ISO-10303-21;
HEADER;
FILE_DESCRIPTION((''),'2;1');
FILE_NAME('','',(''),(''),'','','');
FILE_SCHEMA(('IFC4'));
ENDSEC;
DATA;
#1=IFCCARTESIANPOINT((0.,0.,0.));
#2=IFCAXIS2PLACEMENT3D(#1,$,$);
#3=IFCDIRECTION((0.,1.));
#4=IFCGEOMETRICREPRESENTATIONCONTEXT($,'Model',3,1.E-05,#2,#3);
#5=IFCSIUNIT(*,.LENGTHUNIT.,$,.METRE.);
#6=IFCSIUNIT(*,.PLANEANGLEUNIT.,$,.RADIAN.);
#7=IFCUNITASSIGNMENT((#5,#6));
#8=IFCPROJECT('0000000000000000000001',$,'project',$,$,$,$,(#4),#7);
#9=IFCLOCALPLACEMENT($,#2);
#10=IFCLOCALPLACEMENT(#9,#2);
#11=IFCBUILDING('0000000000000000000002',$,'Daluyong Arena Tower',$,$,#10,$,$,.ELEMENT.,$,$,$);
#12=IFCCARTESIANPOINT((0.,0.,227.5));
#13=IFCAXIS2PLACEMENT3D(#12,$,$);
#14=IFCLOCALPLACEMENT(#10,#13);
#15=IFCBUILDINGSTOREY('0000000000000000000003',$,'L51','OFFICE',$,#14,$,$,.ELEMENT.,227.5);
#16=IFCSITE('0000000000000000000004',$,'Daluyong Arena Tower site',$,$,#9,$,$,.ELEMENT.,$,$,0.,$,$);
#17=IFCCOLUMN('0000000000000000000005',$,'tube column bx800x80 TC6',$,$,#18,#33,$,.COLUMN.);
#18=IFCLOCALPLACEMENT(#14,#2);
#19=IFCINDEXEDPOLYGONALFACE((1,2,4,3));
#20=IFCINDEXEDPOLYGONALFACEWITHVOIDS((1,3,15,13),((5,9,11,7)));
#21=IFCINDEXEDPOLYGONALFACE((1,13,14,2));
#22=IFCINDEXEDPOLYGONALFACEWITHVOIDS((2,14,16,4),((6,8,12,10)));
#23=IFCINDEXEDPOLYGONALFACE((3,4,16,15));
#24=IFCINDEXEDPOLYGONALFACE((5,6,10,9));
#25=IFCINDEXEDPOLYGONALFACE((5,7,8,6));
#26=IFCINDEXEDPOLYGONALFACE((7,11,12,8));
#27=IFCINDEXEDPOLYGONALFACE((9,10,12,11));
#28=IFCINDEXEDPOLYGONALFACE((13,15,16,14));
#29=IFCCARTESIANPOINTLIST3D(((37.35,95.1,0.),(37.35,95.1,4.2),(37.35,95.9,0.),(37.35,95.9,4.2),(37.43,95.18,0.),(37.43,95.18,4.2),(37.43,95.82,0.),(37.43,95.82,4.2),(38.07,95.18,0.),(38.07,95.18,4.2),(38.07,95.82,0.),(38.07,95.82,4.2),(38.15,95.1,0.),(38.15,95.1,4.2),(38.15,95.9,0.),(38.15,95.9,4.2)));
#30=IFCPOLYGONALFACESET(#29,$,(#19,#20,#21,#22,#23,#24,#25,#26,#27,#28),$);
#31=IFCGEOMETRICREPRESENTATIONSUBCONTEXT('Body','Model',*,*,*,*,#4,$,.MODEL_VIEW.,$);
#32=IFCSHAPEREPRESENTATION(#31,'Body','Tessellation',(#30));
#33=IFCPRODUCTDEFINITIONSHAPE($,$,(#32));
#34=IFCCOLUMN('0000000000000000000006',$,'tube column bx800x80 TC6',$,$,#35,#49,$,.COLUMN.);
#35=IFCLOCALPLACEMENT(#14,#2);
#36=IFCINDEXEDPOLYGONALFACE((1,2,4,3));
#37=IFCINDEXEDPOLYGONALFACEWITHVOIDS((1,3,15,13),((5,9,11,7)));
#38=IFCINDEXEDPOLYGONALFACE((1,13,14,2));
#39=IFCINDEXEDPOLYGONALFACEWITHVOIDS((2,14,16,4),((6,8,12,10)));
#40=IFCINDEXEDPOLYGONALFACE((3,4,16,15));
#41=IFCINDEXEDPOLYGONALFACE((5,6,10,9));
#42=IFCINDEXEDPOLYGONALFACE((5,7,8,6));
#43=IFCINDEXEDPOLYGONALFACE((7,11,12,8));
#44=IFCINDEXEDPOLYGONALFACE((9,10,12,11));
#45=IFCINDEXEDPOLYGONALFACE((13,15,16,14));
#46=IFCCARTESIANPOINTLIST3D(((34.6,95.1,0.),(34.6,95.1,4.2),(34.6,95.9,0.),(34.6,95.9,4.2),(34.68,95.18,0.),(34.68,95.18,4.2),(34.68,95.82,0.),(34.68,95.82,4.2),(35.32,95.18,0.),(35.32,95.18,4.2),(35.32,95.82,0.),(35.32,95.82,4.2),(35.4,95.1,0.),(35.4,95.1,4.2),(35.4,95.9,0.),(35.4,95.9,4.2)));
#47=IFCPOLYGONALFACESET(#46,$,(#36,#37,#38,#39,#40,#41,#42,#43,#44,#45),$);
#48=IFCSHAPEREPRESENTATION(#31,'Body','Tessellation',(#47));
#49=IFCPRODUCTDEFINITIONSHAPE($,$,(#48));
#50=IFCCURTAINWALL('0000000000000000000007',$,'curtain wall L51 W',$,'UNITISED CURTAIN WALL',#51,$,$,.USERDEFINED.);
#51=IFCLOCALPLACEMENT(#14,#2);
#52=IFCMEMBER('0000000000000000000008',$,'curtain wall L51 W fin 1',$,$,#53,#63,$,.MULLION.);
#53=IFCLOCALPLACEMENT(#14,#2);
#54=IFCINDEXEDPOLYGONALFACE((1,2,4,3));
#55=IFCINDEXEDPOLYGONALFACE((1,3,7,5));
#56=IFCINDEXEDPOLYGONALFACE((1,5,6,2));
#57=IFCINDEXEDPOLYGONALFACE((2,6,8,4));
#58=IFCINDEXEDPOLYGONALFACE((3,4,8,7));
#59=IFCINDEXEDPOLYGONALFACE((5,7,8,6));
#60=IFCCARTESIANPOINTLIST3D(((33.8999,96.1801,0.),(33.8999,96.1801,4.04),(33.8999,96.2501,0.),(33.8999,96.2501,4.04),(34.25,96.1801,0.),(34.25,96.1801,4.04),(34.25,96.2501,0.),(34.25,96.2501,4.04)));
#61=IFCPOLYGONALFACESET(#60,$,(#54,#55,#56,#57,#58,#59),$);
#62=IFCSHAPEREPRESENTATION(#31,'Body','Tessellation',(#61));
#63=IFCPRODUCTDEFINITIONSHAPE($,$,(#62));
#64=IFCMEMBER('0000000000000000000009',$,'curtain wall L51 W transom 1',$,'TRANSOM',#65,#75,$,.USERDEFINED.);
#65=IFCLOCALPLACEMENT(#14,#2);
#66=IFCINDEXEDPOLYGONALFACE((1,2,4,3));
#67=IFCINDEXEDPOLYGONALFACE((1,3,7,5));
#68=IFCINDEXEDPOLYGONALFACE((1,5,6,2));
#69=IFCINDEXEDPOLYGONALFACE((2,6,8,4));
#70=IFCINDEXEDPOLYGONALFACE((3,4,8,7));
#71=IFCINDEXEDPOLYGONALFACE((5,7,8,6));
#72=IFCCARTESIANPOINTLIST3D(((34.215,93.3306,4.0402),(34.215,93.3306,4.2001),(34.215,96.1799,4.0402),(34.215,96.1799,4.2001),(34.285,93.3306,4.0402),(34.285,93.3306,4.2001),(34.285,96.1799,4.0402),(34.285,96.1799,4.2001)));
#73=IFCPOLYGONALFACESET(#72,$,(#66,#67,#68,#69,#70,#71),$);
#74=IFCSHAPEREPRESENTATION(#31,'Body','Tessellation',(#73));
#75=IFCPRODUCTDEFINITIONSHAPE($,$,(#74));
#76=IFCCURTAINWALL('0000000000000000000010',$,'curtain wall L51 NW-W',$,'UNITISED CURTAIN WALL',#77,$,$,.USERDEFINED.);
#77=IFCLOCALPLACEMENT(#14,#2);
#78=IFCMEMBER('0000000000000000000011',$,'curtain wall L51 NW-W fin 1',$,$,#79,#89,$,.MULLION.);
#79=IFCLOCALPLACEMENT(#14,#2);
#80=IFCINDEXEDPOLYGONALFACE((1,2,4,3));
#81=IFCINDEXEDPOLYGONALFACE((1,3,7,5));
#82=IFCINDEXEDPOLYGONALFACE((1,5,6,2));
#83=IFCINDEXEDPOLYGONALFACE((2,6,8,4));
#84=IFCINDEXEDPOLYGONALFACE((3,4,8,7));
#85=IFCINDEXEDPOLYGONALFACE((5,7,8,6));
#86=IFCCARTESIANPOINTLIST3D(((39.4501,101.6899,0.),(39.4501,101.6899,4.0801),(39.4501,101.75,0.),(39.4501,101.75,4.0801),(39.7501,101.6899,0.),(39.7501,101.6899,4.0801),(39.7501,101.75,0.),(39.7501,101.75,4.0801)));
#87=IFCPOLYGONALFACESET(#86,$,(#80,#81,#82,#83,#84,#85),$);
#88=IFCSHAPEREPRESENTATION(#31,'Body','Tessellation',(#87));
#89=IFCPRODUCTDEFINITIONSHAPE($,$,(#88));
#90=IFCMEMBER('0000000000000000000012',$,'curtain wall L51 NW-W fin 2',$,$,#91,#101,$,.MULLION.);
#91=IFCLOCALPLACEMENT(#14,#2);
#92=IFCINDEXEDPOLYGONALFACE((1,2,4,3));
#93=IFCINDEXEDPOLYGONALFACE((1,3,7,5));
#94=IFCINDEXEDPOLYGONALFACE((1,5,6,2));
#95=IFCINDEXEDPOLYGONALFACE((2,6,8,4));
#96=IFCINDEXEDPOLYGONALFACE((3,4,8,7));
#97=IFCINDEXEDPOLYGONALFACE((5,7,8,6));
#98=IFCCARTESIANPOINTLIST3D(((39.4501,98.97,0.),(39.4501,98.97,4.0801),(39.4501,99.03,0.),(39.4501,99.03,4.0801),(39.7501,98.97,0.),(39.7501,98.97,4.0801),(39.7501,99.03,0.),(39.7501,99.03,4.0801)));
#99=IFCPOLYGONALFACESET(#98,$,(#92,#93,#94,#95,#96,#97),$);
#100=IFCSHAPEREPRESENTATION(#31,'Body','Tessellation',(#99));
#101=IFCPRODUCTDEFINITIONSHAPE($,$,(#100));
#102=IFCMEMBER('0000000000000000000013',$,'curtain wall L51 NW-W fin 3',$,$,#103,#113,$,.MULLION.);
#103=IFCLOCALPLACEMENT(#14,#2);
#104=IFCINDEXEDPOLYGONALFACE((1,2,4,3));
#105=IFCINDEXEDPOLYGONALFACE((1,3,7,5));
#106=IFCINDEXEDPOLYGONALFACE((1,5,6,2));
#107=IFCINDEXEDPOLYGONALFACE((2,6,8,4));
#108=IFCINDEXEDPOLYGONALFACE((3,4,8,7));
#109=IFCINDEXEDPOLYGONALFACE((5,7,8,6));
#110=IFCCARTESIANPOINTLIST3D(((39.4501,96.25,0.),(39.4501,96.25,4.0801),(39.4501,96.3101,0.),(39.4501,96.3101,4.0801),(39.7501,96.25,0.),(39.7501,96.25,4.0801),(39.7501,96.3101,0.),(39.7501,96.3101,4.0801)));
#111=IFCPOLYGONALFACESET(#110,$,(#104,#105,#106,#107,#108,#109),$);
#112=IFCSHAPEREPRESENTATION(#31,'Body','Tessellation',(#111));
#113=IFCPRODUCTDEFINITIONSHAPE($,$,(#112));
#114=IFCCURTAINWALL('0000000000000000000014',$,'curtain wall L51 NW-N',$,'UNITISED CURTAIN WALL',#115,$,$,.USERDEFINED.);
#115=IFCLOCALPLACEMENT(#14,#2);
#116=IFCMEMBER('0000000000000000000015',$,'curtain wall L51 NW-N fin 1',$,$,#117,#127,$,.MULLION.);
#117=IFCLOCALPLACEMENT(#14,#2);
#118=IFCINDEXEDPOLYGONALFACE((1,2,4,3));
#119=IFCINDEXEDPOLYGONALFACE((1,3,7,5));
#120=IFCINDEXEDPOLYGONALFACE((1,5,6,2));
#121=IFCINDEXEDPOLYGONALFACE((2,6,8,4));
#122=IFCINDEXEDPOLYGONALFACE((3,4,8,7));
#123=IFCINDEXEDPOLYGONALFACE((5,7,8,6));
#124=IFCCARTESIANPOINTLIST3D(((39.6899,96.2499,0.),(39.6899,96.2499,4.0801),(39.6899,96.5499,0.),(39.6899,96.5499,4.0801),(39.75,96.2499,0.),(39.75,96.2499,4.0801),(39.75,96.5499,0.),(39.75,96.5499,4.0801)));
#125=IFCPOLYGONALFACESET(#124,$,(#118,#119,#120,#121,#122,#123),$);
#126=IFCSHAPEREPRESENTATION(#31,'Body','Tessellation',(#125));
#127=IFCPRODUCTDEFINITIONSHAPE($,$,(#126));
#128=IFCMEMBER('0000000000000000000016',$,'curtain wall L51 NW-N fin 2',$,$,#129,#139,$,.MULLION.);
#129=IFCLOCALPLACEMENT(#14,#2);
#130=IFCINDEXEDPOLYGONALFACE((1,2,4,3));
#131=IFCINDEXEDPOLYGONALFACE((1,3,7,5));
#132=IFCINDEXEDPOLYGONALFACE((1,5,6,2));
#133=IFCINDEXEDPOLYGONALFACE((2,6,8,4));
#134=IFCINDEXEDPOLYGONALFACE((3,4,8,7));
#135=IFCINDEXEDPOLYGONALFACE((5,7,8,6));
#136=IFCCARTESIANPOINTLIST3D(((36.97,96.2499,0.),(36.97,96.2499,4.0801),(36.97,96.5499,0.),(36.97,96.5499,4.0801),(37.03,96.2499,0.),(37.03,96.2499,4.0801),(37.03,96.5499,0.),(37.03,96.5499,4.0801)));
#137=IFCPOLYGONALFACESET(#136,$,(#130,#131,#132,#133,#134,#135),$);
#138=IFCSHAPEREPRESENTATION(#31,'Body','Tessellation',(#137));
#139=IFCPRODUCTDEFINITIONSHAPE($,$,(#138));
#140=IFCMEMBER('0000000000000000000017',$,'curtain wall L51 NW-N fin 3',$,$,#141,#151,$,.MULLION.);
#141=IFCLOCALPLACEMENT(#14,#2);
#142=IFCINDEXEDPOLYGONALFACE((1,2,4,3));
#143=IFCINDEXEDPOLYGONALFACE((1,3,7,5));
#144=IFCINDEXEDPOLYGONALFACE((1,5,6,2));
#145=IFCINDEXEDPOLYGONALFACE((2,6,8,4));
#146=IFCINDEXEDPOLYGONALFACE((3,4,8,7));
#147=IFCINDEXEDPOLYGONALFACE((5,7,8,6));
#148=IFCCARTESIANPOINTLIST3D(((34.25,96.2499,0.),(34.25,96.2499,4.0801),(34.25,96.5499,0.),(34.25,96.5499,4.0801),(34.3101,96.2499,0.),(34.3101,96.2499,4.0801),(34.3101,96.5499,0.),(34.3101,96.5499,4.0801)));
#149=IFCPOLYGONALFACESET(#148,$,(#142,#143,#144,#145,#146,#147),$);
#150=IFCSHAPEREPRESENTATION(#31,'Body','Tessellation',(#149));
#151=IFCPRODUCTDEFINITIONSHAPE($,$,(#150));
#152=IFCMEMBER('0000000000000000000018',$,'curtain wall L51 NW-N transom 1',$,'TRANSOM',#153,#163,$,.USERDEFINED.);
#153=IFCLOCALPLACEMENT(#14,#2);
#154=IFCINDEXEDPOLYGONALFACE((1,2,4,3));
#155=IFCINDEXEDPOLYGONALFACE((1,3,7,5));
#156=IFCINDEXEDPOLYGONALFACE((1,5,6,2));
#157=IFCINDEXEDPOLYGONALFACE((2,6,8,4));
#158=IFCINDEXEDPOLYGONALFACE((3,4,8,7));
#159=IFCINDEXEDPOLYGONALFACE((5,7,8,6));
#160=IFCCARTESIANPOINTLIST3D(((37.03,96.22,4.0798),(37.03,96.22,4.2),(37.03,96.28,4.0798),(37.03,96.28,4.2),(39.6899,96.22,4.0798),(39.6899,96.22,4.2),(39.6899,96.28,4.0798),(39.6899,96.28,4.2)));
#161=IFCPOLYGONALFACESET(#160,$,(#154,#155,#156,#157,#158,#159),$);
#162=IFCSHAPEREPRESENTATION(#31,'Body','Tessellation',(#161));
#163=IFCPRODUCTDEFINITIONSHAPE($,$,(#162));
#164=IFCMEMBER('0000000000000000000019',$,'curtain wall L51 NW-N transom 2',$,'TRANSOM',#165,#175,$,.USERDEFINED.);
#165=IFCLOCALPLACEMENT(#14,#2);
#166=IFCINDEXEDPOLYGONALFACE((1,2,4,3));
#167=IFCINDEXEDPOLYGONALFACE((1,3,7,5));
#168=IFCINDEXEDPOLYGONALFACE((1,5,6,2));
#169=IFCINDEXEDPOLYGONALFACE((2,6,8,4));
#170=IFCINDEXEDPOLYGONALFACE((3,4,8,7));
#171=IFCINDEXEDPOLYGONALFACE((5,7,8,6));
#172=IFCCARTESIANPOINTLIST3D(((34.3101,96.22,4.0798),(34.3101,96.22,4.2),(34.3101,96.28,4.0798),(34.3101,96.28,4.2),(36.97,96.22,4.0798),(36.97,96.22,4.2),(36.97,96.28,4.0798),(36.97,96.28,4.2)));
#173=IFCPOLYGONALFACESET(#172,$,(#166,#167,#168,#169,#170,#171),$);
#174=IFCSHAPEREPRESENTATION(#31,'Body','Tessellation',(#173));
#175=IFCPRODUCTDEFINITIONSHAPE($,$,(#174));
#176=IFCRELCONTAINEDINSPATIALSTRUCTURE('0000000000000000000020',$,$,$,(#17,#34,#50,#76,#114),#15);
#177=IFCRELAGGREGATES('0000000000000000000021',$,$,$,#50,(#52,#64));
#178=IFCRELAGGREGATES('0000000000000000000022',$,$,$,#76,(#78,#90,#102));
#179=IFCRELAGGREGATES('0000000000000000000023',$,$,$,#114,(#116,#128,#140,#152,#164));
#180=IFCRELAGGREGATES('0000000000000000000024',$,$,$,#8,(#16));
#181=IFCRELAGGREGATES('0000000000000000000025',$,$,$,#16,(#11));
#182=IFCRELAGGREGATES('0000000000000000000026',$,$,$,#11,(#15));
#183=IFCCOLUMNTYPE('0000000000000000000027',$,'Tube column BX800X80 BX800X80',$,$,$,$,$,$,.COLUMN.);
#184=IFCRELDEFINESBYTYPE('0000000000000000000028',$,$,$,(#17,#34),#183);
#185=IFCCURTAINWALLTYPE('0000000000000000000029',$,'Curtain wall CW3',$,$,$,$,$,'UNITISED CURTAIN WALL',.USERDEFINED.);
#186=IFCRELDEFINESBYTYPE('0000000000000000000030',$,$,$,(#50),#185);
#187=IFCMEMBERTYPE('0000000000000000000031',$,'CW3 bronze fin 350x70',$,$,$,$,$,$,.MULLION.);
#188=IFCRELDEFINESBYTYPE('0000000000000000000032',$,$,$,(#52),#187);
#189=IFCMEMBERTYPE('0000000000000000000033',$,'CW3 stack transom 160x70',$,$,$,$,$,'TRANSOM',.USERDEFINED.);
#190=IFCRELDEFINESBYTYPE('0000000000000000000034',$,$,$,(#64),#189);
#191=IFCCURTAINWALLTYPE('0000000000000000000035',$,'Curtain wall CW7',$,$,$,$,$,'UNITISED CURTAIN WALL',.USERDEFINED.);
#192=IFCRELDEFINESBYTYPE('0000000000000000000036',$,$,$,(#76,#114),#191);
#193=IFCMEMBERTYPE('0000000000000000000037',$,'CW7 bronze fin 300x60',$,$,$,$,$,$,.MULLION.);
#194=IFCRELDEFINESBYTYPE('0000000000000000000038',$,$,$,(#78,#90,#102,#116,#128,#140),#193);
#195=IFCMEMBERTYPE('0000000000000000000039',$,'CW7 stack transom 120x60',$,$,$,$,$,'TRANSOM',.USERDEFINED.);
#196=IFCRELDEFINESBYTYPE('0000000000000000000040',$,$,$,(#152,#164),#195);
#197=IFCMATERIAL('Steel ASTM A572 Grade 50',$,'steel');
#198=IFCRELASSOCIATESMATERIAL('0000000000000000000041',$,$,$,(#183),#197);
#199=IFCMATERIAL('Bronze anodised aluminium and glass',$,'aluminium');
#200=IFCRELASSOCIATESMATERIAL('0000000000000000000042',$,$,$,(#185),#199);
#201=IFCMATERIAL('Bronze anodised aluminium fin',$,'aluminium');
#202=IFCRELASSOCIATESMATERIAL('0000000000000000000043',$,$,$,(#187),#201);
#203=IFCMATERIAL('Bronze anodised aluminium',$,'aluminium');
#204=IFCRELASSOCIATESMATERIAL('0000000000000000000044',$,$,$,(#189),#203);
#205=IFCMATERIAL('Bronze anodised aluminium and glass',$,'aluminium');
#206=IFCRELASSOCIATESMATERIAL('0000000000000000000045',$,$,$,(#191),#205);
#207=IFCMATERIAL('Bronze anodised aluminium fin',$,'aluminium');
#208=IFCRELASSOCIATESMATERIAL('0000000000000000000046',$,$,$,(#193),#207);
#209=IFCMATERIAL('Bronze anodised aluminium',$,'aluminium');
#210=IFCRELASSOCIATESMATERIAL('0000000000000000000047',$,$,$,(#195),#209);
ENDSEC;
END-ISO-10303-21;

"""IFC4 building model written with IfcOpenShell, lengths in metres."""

from ifc_helpers import new_model, si_unit, direction, frame, origin, origin_2d, place, context, subcontext, project, spatial, rectangle, hollow_rectangle, extrude, material, material_profile, profile_set, type_object, element, aggregate, save


model = new_model("IFC4")

# Units and contexts
model_context = context("Model", 3, precision=1e-05, world=origin(), true_north=direction((0.0, 1.0)))
body_context = subcontext(model_context, "Body", "Model", "MODEL_VIEW")
ifc_project = project(units=[si_unit("LENGTHUNIT", "METRE"), si_unit("PLANEANGLEUNIT", "RADIAN")], contexts=[model_context])

# Site, building, storey
site_placement = place(None, origin())
site = spatial("IfcSite", under=ifc_project, at=site_placement, Name="Daluyong Arena Tower site", CompositionType="ELEMENT", RefElevation=0.0)
building_placement = place(site_placement, origin())
building = spatial("IfcBuilding", under=site, at=building_placement, Name="Daluyong Arena Tower", CompositionType="ELEMENT")
storey_placement = place(building_placement, frame((0.0, 0.0, 227.5)))
storey = spatial("IfcBuildingStorey", under=building, at=storey_placement, Name="L51", Description="OFFICE", CompositionType="ELEMENT", Elevation=227.5)

# Columns
ifc_material_1 = material(Name="Steel ASTM A572 Grade 50", Category="steel")
ifc_material_profile_1 = material_profile(ifc_material_1, hollow_rectangle(XDim=0.8, YDim=0.8, WallThickness=0.08, at=origin_2d()))
ifc_profile_set_1 = profile_set([ifc_material_profile_1], Name="Steel ASTM A572 Grade 50")
column_type = type_object("IfcColumnType", Name="Tube column BX800X80 BX800X80", PredefinedType="COLUMN", material=ifc_profile_set_1)
for number, where, z_axis, x_axis, name in (
    (1, (37.75, 95.5, 0.0), (0.0, 0.0, 1.0), (1.0, 0.0, 0.0), "tube column bx800x80 TC6"),
    (2, (35.0, 95.5, 0.0), (0.0, 0.0, 1.0), (0.0, 1.0, 0.0), "tube column bx800x80 TC6"),
):
    element("IfcColumn", number, at=place(storey_placement, frame(where, z_axis=z_axis, x_axis=x_axis)), inside=storey, type_object=column_type, Name=name, PredefinedType="COLUMN", context=body_context, shape_type="SweptSolid", body=[
        extrude(hollow_rectangle(XDim=0.8, YDim=0.8, WallThickness=0.08, at=origin_2d()), origin(), (0.0, 0.0, 1.0), 4.2),
    ])

# Curtain walls, members
ifc_material_2 = material(Name="Bronze anodised aluminium and glass", Category="aluminium")
curtain_wall_type_1 = type_object("IfcCurtainWallType", Name="Curtain wall CW3", ElementType="UNITISED CURTAIN WALL", PredefinedType="USERDEFINED", material=ifc_material_2)
curtain_wall_1_placement = place(storey_placement, origin())
curtain_wall_1 = element("IfcCurtainWall", 3, at=curtain_wall_1_placement, inside=storey, type_object=curtain_wall_type_1, Name="curtain wall L51 W", ObjectType="UNITISED CURTAIN WALL", PredefinedType="USERDEFINED")
ifc_material_3 = material(Name="Bronze anodised aluminium fin", Category="aluminium")
ifc_material_profile_2 = material_profile(ifc_material_3, rectangle(XDim=0.3501, YDim=0.0701, at=origin_2d()))
ifc_profile_set_2 = profile_set([ifc_material_profile_2], Name="Bronze anodised aluminium fin")
member_type_1 = type_object("IfcMemberType", Name="CW3 bronze fin 350x70", PredefinedType="MULLION", material=ifc_profile_set_2)
member_1_placement = place(storey_placement, frame((34.075, 96.2151, 0.0), z_axis=(0.0, 0.0, 1.0), x_axis=(1.0, 0.0, 0.0)))
member_1 = element("IfcMember", 4, at=member_1_placement, type_object=member_type_1, Name="curtain wall L51 W fin 1", PredefinedType="MULLION", context=body_context, shape_type="SweptSolid", body=[
    extrude(rectangle(XDim=0.3501, YDim=0.0701, at=origin_2d()), origin(), (0.0, 0.0, 1.0), 4.04),
])
ifc_material_4 = material(Name="Bronze anodised aluminium", Category="aluminium")
ifc_material_profile_3 = material_profile(ifc_material_4, rectangle(XDim=0.0701, YDim=0.1599, at=origin_2d()))
ifc_profile_set_3 = profile_set([ifc_material_profile_3], Name="Bronze anodised aluminium")
member_type_2 = type_object("IfcMemberType", Name="CW3 stack transom 160x70", ElementType="TRANSOM", PredefinedType="USERDEFINED", material=ifc_profile_set_3)
member_2_placement = place(storey_placement, frame((34.25, 96.1799, 4.1201), z_axis=(0.0, -1.0, 0.0), x_axis=(1.0, 0.0, 0.0)))
member_2 = element("IfcMember", 5, at=member_2_placement, type_object=member_type_2, Name="curtain wall L51 W transom 1", ObjectType="TRANSOM", PredefinedType="USERDEFINED", context=body_context, shape_type="SweptSolid", body=[
    extrude(rectangle(XDim=0.0701, YDim=0.1599, at=origin_2d()), origin(), (0.0, 0.0, 1.0), 2.8494),
])
aggregate(curtain_wall_1, [member_1, member_2])
ifc_material_5 = material(Name="Bronze anodised aluminium and glass", Category="aluminium")
curtain_wall_type_2 = type_object("IfcCurtainWallType", Name="Curtain wall CW7", ElementType="UNITISED CURTAIN WALL", PredefinedType="USERDEFINED", material=ifc_material_5)
curtain_wall_2_placement = place(storey_placement, origin())
curtain_wall_2 = element("IfcCurtainWall", 6, at=curtain_wall_2_placement, inside=storey, type_object=curtain_wall_type_2, Name="curtain wall L51 NW-W", ObjectType="UNITISED CURTAIN WALL", PredefinedType="USERDEFINED")
ifc_material_6 = material(Name="Bronze anodised aluminium fin", Category="aluminium")
ifc_material_profile_4 = material_profile(ifc_material_6, rectangle(XDim=0.3, YDim=0.0601, at=origin_2d()))
ifc_profile_set_4 = profile_set([ifc_material_profile_4], Name="Bronze anodised aluminium fin")
member_type_3 = type_object("IfcMemberType", Name="CW7 bronze fin 300x60", PredefinedType="MULLION", material=ifc_profile_set_4)
member_3_placement = place(storey_placement, frame((39.6001, 101.72, 0.0), z_axis=(0.0, 0.0, 1.0), x_axis=(1.0, 0.0, 0.0)))
member_3 = element("IfcMember", 7, at=member_3_placement, type_object=member_type_3, Name="curtain wall L51 NW-W fin 1", PredefinedType="MULLION", context=body_context, shape_type="SweptSolid", body=[
    extrude(rectangle(XDim=0.3, YDim=0.0601, at=origin_2d()), origin(), (0.0, 0.0, 1.0), 4.0801),
])
member_4_placement = place(storey_placement, frame((39.6001, 99.0, 0.0), z_axis=(0.0, 0.0, 1.0), x_axis=(1.0, 0.0, 0.0)))
member_4 = element("IfcMember", 8, at=member_4_placement, type_object=member_type_3, Name="curtain wall L51 NW-W fin 2", PredefinedType="MULLION", context=body_context, shape_type="SweptSolid", body=[
    extrude(rectangle(XDim=0.3, YDim=0.0601, at=origin_2d()), origin(), (0.0, 0.0, 1.0), 4.0801),
])
member_5_placement = place(storey_placement, frame((39.6001, 96.28, 0.0), z_axis=(0.0, 0.0, 1.0), x_axis=(1.0, 0.0, 0.0)))
member_5 = element("IfcMember", 9, at=member_5_placement, type_object=member_type_3, Name="curtain wall L51 NW-W fin 3", PredefinedType="MULLION", context=body_context, shape_type="SweptSolid", body=[
    extrude(rectangle(XDim=0.3, YDim=0.0601, at=origin_2d()), origin(), (0.0, 0.0, 1.0), 4.0801),
])
aggregate(curtain_wall_2, [member_3, member_4, member_5])
curtain_wall_3_placement = place(storey_placement, origin())
curtain_wall_3 = element("IfcCurtainWall", 10, at=curtain_wall_3_placement, inside=storey, type_object=curtain_wall_type_2, Name="curtain wall L51 NW-N", ObjectType="UNITISED CURTAIN WALL", PredefinedType="USERDEFINED")
member_6_placement = place(storey_placement, frame((39.72, 96.3999, 0.0), z_axis=(0.0, 0.0, 1.0), x_axis=(0.0, -1.0, 0.0)))
member_6 = element("IfcMember", 11, at=member_6_placement, type_object=member_type_3, Name="curtain wall L51 NW-N fin 1", PredefinedType="MULLION", context=body_context, shape_type="SweptSolid", body=[
    extrude(rectangle(XDim=0.3, YDim=0.0601, at=origin_2d()), origin(), (0.0, 0.0, 1.0), 4.0801),
])
member_7_placement = place(storey_placement, frame((37.0, 96.3999, 0.0), z_axis=(0.0, 0.0, 1.0), x_axis=(0.0, -1.0, 0.0)))
member_7 = element("IfcMember", 12, at=member_7_placement, type_object=member_type_3, Name="curtain wall L51 NW-N fin 2", PredefinedType="MULLION", context=body_context, shape_type="SweptSolid", body=[
    extrude(rectangle(XDim=0.3, YDim=0.0601, at=origin_2d()), origin(), (0.0, 0.0, 1.0), 4.0801),
])
member_8_placement = place(storey_placement, frame((34.28, 96.3999, 0.0), z_axis=(0.0, 0.0, 1.0), x_axis=(0.0, -1.0, 0.0)))
member_8 = element("IfcMember", 13, at=member_8_placement, type_object=member_type_3, Name="curtain wall L51 NW-N fin 3", PredefinedType="MULLION", context=body_context, shape_type="SweptSolid", body=[
    extrude(rectangle(XDim=0.3, YDim=0.0601, at=origin_2d()), origin(), (0.0, 0.0, 1.0), 4.0801),
])
ifc_material_7 = material(Name="Bronze anodised aluminium", Category="aluminium")
ifc_material_profile_5 = material_profile(ifc_material_7, rectangle(XDim=0.0601, YDim=0.1201, at=origin_2d()))
ifc_profile_set_5 = profile_set([ifc_material_profile_5], Name="Bronze anodised aluminium")
member_type_4 = type_object("IfcMemberType", Name="CW7 stack transom 120x60", ElementType="TRANSOM", PredefinedType="USERDEFINED", material=ifc_profile_set_5)
member_9_placement = place(storey_placement, frame((39.6899, 96.25, 4.1399), z_axis=(-1.0, 0.0, 0.0), x_axis=(0.0, -1.0, 0.0)))
member_9 = element("IfcMember", 14, at=member_9_placement, type_object=member_type_4, Name="curtain wall L51 NW-N transom 1", ObjectType="TRANSOM", PredefinedType="USERDEFINED", context=body_context, shape_type="SweptSolid", body=[
    extrude(rectangle(XDim=0.0601, YDim=0.1201, at=origin_2d()), origin(), (0.0, 0.0, 1.0), 2.6599),
])
member_10_placement = place(storey_placement, frame((36.97, 96.25, 4.1399), z_axis=(-1.0, 0.0, 0.0), x_axis=(0.0, -1.0, 0.0)))
member_10 = element("IfcMember", 15, at=member_10_placement, type_object=member_type_4, Name="curtain wall L51 NW-N transom 2", ObjectType="TRANSOM", PredefinedType="USERDEFINED", context=body_context, shape_type="SweptSolid", body=[
    extrude(rectangle(XDim=0.0601, YDim=0.1201, at=origin_2d()), origin(), (0.0, 0.0, 1.0), 2.6599),
])

aggregate(curtain_wall_3, [member_6, member_7, member_8, member_9, member_10])

save(model, "model.ifc")
